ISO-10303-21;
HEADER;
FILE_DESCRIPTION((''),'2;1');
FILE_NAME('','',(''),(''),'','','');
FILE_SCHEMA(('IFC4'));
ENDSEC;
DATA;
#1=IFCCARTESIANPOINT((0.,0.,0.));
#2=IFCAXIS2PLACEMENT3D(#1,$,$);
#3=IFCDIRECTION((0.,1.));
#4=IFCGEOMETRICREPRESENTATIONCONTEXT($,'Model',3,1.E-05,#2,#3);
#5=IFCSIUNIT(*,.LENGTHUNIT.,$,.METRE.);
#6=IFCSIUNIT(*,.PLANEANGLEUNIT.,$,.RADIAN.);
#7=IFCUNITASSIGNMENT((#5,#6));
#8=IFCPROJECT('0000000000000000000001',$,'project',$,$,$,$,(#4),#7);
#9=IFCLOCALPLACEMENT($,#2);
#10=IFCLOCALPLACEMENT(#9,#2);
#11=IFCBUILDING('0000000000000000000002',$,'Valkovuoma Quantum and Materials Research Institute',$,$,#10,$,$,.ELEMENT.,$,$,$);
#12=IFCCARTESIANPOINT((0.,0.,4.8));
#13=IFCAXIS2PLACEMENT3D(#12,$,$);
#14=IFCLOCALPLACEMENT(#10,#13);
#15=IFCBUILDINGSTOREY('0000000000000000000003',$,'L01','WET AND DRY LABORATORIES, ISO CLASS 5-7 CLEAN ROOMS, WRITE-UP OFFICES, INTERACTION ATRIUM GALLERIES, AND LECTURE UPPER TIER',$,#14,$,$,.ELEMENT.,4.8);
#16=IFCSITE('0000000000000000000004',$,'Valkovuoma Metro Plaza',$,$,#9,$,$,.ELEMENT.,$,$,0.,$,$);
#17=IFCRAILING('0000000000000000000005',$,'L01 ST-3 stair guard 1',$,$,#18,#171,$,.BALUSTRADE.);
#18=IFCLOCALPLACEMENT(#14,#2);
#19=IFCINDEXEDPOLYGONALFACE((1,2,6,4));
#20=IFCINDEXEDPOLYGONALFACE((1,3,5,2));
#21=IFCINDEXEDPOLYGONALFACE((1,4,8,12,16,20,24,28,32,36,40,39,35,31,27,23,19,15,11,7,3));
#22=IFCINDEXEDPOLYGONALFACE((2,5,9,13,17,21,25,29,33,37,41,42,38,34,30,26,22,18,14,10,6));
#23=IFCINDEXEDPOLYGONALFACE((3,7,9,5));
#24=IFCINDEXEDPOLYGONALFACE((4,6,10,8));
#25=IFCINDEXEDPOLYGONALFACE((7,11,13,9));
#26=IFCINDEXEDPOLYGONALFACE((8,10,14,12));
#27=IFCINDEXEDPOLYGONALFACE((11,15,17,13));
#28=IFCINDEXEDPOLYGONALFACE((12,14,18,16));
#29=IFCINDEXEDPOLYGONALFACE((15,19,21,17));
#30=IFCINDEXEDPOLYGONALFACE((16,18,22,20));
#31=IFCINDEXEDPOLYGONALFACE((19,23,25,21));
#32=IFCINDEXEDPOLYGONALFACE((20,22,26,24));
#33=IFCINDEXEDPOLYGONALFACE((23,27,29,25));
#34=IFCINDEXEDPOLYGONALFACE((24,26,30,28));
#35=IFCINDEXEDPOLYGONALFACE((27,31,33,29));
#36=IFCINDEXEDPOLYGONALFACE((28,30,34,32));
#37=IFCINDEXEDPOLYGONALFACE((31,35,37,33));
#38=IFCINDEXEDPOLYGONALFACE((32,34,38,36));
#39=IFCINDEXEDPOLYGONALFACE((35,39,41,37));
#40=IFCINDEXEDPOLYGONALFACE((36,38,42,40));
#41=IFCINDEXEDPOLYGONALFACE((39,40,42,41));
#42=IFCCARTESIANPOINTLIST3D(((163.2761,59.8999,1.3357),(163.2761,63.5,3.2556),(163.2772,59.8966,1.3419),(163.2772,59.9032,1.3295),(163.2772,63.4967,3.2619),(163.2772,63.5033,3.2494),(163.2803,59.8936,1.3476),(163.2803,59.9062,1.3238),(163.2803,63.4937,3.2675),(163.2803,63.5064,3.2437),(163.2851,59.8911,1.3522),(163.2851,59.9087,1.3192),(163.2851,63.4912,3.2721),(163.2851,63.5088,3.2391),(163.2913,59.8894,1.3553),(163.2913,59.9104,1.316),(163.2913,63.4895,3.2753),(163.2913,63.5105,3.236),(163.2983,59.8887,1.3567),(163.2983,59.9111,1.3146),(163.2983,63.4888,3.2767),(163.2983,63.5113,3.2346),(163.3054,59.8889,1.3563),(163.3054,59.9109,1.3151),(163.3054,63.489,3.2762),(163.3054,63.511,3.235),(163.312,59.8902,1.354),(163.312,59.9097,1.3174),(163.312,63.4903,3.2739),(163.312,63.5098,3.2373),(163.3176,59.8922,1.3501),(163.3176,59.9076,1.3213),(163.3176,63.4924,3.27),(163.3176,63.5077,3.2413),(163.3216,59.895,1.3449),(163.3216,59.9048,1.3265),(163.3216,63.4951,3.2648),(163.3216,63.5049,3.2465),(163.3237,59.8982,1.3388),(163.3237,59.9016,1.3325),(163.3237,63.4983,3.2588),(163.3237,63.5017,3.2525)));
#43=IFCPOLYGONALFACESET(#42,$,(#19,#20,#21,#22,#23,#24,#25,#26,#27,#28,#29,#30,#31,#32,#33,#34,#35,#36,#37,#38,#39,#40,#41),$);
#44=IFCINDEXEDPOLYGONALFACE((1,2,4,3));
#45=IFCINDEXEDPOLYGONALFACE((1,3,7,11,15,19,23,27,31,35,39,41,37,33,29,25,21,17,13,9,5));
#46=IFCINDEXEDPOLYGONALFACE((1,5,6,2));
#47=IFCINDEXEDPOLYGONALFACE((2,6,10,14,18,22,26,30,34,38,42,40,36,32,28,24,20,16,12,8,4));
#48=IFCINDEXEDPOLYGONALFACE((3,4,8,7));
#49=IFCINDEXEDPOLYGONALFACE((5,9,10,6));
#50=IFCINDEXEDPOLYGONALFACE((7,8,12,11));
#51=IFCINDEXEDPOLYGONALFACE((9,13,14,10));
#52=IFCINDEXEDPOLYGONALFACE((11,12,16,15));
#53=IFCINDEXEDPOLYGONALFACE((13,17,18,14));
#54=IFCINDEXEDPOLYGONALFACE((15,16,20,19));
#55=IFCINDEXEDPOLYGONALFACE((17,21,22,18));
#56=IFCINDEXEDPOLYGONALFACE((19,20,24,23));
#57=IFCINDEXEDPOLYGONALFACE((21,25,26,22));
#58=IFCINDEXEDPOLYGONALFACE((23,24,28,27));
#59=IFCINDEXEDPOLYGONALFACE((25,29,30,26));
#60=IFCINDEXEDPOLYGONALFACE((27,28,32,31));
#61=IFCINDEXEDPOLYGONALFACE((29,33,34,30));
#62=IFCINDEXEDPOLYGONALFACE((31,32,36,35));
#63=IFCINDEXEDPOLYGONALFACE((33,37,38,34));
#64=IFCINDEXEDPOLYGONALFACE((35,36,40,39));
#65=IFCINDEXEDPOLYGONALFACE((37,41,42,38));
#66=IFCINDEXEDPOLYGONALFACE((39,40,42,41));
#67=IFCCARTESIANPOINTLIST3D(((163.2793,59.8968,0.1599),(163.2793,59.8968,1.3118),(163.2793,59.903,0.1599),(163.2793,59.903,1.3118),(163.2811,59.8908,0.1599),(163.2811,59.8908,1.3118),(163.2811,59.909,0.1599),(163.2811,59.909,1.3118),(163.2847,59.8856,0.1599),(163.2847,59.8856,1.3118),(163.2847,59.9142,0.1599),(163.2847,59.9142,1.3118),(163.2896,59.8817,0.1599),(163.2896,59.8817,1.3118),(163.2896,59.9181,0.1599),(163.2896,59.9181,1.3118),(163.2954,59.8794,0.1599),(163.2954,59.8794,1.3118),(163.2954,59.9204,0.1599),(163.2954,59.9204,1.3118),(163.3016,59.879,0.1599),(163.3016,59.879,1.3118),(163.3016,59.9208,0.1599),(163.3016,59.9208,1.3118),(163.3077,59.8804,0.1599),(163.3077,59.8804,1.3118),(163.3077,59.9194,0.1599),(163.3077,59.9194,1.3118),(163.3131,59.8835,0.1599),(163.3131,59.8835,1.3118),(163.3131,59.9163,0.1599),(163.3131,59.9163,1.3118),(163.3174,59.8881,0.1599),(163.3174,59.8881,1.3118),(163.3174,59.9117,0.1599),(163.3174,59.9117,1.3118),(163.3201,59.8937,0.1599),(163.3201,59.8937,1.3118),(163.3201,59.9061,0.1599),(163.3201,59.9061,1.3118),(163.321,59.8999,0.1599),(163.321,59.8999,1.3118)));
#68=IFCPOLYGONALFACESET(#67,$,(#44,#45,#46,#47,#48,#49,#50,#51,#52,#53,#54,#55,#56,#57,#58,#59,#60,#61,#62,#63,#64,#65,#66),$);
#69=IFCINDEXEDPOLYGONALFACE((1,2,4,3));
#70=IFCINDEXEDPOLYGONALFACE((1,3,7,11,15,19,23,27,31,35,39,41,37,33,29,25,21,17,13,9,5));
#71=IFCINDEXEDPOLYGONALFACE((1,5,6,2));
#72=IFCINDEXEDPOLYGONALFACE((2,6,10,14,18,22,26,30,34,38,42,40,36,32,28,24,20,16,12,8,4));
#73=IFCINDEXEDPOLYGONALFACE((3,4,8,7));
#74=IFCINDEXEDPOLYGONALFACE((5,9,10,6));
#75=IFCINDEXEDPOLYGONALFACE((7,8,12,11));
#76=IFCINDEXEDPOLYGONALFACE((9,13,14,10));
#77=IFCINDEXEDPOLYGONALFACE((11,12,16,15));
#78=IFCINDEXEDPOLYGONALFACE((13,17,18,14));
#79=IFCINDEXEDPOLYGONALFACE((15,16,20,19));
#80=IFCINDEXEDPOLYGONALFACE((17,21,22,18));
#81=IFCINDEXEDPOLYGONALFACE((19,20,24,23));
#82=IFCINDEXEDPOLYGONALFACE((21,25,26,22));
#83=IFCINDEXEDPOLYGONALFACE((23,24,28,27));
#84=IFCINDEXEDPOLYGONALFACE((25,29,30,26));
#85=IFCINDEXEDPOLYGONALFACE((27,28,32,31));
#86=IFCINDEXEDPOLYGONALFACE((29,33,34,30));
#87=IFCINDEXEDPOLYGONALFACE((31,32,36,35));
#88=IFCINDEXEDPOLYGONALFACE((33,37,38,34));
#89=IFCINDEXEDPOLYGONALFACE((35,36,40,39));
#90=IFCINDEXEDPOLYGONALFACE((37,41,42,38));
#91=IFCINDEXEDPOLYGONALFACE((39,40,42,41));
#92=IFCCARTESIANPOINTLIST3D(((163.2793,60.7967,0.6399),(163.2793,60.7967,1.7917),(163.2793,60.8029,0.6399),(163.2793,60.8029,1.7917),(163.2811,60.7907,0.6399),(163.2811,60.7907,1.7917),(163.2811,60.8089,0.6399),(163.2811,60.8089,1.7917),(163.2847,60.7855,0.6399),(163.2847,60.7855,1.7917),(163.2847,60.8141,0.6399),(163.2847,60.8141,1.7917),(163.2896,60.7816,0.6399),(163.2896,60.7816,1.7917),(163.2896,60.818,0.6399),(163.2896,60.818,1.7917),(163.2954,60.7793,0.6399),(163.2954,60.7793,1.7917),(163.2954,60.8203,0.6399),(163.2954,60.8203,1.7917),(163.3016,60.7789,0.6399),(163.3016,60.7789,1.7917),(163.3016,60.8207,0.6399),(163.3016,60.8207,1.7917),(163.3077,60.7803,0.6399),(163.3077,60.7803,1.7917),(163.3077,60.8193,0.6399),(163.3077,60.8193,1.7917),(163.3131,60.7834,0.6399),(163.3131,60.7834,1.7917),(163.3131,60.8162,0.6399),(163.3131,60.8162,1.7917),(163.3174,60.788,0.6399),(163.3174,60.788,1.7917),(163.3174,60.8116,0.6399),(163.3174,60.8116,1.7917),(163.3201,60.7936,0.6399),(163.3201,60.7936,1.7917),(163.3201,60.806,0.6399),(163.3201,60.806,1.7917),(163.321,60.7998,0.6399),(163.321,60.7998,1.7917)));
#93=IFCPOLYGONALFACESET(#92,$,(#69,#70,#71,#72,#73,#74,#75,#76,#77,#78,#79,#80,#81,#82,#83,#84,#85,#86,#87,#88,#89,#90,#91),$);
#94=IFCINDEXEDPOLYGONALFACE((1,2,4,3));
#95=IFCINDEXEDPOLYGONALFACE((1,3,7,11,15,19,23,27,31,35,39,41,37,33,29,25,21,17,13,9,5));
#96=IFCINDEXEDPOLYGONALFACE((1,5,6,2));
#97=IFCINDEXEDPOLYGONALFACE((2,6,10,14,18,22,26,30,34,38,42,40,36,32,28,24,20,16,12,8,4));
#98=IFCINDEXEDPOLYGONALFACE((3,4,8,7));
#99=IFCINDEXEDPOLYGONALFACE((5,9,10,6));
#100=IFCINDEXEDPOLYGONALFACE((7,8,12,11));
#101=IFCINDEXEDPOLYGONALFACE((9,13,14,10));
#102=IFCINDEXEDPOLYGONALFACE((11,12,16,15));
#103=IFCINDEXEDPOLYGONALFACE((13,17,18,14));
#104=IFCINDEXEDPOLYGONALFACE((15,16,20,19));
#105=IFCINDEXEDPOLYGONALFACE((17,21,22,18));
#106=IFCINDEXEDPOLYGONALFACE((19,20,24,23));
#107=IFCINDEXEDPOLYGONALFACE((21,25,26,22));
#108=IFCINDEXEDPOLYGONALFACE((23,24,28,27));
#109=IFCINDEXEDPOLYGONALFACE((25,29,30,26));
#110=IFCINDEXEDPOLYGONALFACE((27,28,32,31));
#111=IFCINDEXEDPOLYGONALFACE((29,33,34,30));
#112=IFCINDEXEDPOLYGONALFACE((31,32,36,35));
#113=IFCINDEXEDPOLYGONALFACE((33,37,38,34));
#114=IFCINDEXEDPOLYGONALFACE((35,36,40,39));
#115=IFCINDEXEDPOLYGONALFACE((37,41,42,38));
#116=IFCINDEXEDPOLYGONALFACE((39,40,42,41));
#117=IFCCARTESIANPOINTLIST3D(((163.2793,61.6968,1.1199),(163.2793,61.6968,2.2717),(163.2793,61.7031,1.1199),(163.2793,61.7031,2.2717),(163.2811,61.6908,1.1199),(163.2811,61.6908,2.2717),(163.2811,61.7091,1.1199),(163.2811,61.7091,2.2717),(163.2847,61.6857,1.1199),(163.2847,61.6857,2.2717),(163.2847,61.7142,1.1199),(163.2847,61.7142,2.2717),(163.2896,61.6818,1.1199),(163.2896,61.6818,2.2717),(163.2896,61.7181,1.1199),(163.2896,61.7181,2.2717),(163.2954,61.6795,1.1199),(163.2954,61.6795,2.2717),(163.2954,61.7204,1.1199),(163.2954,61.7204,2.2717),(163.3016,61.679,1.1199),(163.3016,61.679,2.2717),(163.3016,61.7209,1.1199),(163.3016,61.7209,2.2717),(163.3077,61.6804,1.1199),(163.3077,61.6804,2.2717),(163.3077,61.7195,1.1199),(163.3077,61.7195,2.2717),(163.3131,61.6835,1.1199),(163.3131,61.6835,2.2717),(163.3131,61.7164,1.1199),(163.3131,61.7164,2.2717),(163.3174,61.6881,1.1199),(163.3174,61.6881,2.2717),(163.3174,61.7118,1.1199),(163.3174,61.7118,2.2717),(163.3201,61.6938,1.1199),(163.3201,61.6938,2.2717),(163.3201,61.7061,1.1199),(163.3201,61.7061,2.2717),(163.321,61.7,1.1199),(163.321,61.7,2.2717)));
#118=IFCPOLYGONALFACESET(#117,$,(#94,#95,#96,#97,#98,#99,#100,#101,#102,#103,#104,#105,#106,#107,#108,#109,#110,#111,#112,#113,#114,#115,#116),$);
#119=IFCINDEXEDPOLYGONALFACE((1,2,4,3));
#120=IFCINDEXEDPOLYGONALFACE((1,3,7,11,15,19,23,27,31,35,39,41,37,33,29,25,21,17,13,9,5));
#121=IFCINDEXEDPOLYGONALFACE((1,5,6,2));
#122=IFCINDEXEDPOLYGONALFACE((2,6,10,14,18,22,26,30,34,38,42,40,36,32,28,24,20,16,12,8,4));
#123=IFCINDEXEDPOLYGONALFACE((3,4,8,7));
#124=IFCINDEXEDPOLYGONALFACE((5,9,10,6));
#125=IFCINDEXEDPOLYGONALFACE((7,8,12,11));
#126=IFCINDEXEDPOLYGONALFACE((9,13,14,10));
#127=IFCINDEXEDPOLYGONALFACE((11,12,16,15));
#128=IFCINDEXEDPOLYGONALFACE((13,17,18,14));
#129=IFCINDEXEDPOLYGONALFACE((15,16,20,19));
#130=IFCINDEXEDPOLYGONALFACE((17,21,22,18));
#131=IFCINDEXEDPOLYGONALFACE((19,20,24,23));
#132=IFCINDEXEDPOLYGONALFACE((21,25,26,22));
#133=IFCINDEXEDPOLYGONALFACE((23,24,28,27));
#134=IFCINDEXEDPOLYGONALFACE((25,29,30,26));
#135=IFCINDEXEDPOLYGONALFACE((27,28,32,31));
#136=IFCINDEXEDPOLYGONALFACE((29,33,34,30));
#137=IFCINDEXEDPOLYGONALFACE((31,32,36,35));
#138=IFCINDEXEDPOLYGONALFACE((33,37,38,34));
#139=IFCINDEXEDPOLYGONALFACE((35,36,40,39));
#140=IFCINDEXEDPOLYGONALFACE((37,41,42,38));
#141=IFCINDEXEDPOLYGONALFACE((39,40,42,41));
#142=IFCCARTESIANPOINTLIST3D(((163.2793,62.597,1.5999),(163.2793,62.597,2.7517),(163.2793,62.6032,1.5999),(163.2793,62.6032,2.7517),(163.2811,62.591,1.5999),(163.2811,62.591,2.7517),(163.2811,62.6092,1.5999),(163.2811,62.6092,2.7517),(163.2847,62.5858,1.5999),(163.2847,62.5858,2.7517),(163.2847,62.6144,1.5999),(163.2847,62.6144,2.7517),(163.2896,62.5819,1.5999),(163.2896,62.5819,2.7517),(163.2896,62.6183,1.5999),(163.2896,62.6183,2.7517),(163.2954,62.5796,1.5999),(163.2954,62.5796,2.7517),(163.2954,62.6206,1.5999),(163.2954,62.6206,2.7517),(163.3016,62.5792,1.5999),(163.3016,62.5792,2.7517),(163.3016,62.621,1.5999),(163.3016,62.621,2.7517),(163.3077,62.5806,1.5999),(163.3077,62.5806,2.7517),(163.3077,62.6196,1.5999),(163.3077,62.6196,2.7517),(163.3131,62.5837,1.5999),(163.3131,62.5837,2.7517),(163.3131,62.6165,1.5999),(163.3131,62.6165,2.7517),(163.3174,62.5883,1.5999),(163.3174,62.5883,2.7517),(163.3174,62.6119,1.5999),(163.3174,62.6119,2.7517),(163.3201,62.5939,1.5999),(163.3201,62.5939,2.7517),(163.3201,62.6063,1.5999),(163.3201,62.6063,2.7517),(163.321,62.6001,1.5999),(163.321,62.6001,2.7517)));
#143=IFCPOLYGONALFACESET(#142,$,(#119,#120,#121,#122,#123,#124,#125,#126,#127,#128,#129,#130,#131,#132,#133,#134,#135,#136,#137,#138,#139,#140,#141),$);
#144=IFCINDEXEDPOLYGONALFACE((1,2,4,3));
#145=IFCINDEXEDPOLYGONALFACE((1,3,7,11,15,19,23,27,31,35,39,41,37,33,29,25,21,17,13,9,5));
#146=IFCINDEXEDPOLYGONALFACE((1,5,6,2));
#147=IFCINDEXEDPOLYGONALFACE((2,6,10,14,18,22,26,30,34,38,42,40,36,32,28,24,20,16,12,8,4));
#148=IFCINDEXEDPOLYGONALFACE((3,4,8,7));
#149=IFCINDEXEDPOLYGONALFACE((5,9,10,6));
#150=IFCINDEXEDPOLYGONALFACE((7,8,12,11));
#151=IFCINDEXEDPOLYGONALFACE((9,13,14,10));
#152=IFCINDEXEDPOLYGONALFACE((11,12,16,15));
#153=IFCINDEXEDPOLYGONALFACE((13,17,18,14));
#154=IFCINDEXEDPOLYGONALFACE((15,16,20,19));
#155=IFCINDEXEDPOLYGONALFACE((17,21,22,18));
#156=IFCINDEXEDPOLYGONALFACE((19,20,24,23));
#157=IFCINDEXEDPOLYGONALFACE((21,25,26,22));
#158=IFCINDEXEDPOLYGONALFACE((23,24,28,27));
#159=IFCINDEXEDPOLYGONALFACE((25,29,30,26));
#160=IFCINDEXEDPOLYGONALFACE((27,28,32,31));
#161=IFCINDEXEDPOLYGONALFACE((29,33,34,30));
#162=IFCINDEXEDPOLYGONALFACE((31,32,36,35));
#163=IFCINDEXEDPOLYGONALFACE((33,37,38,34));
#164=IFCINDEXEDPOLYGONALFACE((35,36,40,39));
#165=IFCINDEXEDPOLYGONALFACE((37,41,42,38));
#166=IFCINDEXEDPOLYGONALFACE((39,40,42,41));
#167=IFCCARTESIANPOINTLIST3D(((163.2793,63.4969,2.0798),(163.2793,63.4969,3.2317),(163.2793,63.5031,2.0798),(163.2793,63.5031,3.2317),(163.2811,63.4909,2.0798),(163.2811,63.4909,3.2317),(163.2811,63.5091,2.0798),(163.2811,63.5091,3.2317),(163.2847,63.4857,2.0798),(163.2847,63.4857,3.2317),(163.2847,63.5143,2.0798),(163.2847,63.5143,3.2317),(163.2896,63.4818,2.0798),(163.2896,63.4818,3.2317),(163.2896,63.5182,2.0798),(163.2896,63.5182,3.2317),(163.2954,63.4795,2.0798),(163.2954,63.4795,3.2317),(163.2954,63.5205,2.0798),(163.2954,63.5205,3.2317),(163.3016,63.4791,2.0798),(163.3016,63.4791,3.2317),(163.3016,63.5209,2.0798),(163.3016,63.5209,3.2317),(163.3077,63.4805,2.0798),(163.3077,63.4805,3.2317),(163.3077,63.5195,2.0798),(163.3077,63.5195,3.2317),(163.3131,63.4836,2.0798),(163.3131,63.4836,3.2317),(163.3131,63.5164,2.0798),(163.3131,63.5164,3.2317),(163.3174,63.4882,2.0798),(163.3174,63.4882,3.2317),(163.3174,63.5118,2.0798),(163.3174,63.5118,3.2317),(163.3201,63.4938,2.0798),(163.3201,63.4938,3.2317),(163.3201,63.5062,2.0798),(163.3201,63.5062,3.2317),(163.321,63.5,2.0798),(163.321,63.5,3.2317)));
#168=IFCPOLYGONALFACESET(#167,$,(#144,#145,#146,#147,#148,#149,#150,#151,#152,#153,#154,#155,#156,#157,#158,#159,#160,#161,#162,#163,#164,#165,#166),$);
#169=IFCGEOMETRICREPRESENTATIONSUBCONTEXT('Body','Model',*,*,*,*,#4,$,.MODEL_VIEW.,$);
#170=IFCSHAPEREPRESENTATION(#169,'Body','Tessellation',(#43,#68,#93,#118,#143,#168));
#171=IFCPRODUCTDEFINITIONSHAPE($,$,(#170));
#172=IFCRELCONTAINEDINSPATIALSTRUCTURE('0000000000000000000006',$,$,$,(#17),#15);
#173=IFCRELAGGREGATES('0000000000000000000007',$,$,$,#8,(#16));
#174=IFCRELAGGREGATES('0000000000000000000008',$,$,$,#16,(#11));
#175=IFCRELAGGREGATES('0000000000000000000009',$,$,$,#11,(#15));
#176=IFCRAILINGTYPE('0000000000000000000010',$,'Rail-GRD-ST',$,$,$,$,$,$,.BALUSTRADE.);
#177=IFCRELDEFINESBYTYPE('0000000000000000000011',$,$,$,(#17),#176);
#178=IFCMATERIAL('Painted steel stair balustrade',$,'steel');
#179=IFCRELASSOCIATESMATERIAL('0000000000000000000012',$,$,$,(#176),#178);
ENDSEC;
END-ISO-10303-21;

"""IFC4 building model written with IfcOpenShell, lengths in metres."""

from ifc_helpers import new_model, si_unit, direction, frame, origin, origin_2d, place, context, subcontext, project, spatial, circle, extrude, material, type_object, element, save


model = new_model("IFC4")

# Units and contexts
model_context = context("Model", 3, precision=1e-05, world=origin(), true_north=direction((0.0, 1.0)))
body_context = subcontext(model_context, "Body", "Model", "MODEL_VIEW")
ifc_project = project(units=[si_unit("LENGTHUNIT", "METRE"), si_unit("PLANEANGLEUNIT", "RADIAN")], contexts=[model_context])

# Site, building, storey
site_placement = place(None, origin())
site = spatial("IfcSite", under=ifc_project, at=site_placement, Name="Valkovuoma Metro Plaza", CompositionType="ELEMENT", RefElevation=0.0)
building_placement = place(site_placement, origin())
building = spatial("IfcBuilding", under=site, at=building_placement, Name="Valkovuoma Quantum and Materials Research Institute", CompositionType="ELEMENT")
storey_placement = place(building_placement, frame((0.0, 0.0, 4.8)))
storey = spatial("IfcBuildingStorey", under=building, at=storey_placement, Name="L01", Description="WET AND DRY LABORATORIES, ISO CLASS 5-7 CLEAN ROOMS, WRITE-UP OFFICES, INTERACTION ATRIUM GALLERIES, AND LECTURE UPPER TIER", CompositionType="ELEMENT", Elevation=4.8)

# Railing
ifc_material_1 = material(Name="Painted steel stair balustrade", Category="steel")
railing_type_1 = type_object("IfcRailingType", Name="Rail-GRD-ST", PredefinedType="BALUSTRADE", material=ifc_material_1)
railing_1_placement = place(storey_placement, frame((163.3, 59.8999, 0.1599)))
element("IfcRailing", 1, at=railing_1_placement, inside=storey, type_object=railing_type_1, Name="L01 ST-3 stair guard 1", PredefinedType="BALUSTRADE", context=body_context, shape_type="SweptSolid", body=[
    extrude(circle(Radius=0.0239, at=origin_2d()), frame((0.0, 0.0, 1.1758), z_axis=(0.0, 0.882366, 0.470563), x_axis=(-1.0, 0.0, 0.0)), (0.0, 0.0, 1.0), 4.0801),
    extrude(circle(Radius=0.021, at=origin_2d()), origin(), (0.0, 0.0, 1.0), 1.1519),
    extrude(circle(Radius=0.021, at=origin_2d()), frame((0.0, 0.8999, 0.48)), (0.0, 0.0, 1.0), 1.1519),
    extrude(circle(Radius=0.021, at=origin_2d()), frame((0.0, 1.8, 0.96)), (0.0, 0.0, 1.0), 1.1519),
    extrude(circle(Radius=0.021, at=origin_2d()), frame((0.0, 2.7002, 1.4399)), (0.0, 0.0, 1.0), 1.1519),
    extrude(circle(Radius=0.021, at=origin_2d()), frame((0.0, 3.6001, 1.9199)), (0.0, 0.0, 1.0), 1.1519),
])

save(model, "model.ifc")
